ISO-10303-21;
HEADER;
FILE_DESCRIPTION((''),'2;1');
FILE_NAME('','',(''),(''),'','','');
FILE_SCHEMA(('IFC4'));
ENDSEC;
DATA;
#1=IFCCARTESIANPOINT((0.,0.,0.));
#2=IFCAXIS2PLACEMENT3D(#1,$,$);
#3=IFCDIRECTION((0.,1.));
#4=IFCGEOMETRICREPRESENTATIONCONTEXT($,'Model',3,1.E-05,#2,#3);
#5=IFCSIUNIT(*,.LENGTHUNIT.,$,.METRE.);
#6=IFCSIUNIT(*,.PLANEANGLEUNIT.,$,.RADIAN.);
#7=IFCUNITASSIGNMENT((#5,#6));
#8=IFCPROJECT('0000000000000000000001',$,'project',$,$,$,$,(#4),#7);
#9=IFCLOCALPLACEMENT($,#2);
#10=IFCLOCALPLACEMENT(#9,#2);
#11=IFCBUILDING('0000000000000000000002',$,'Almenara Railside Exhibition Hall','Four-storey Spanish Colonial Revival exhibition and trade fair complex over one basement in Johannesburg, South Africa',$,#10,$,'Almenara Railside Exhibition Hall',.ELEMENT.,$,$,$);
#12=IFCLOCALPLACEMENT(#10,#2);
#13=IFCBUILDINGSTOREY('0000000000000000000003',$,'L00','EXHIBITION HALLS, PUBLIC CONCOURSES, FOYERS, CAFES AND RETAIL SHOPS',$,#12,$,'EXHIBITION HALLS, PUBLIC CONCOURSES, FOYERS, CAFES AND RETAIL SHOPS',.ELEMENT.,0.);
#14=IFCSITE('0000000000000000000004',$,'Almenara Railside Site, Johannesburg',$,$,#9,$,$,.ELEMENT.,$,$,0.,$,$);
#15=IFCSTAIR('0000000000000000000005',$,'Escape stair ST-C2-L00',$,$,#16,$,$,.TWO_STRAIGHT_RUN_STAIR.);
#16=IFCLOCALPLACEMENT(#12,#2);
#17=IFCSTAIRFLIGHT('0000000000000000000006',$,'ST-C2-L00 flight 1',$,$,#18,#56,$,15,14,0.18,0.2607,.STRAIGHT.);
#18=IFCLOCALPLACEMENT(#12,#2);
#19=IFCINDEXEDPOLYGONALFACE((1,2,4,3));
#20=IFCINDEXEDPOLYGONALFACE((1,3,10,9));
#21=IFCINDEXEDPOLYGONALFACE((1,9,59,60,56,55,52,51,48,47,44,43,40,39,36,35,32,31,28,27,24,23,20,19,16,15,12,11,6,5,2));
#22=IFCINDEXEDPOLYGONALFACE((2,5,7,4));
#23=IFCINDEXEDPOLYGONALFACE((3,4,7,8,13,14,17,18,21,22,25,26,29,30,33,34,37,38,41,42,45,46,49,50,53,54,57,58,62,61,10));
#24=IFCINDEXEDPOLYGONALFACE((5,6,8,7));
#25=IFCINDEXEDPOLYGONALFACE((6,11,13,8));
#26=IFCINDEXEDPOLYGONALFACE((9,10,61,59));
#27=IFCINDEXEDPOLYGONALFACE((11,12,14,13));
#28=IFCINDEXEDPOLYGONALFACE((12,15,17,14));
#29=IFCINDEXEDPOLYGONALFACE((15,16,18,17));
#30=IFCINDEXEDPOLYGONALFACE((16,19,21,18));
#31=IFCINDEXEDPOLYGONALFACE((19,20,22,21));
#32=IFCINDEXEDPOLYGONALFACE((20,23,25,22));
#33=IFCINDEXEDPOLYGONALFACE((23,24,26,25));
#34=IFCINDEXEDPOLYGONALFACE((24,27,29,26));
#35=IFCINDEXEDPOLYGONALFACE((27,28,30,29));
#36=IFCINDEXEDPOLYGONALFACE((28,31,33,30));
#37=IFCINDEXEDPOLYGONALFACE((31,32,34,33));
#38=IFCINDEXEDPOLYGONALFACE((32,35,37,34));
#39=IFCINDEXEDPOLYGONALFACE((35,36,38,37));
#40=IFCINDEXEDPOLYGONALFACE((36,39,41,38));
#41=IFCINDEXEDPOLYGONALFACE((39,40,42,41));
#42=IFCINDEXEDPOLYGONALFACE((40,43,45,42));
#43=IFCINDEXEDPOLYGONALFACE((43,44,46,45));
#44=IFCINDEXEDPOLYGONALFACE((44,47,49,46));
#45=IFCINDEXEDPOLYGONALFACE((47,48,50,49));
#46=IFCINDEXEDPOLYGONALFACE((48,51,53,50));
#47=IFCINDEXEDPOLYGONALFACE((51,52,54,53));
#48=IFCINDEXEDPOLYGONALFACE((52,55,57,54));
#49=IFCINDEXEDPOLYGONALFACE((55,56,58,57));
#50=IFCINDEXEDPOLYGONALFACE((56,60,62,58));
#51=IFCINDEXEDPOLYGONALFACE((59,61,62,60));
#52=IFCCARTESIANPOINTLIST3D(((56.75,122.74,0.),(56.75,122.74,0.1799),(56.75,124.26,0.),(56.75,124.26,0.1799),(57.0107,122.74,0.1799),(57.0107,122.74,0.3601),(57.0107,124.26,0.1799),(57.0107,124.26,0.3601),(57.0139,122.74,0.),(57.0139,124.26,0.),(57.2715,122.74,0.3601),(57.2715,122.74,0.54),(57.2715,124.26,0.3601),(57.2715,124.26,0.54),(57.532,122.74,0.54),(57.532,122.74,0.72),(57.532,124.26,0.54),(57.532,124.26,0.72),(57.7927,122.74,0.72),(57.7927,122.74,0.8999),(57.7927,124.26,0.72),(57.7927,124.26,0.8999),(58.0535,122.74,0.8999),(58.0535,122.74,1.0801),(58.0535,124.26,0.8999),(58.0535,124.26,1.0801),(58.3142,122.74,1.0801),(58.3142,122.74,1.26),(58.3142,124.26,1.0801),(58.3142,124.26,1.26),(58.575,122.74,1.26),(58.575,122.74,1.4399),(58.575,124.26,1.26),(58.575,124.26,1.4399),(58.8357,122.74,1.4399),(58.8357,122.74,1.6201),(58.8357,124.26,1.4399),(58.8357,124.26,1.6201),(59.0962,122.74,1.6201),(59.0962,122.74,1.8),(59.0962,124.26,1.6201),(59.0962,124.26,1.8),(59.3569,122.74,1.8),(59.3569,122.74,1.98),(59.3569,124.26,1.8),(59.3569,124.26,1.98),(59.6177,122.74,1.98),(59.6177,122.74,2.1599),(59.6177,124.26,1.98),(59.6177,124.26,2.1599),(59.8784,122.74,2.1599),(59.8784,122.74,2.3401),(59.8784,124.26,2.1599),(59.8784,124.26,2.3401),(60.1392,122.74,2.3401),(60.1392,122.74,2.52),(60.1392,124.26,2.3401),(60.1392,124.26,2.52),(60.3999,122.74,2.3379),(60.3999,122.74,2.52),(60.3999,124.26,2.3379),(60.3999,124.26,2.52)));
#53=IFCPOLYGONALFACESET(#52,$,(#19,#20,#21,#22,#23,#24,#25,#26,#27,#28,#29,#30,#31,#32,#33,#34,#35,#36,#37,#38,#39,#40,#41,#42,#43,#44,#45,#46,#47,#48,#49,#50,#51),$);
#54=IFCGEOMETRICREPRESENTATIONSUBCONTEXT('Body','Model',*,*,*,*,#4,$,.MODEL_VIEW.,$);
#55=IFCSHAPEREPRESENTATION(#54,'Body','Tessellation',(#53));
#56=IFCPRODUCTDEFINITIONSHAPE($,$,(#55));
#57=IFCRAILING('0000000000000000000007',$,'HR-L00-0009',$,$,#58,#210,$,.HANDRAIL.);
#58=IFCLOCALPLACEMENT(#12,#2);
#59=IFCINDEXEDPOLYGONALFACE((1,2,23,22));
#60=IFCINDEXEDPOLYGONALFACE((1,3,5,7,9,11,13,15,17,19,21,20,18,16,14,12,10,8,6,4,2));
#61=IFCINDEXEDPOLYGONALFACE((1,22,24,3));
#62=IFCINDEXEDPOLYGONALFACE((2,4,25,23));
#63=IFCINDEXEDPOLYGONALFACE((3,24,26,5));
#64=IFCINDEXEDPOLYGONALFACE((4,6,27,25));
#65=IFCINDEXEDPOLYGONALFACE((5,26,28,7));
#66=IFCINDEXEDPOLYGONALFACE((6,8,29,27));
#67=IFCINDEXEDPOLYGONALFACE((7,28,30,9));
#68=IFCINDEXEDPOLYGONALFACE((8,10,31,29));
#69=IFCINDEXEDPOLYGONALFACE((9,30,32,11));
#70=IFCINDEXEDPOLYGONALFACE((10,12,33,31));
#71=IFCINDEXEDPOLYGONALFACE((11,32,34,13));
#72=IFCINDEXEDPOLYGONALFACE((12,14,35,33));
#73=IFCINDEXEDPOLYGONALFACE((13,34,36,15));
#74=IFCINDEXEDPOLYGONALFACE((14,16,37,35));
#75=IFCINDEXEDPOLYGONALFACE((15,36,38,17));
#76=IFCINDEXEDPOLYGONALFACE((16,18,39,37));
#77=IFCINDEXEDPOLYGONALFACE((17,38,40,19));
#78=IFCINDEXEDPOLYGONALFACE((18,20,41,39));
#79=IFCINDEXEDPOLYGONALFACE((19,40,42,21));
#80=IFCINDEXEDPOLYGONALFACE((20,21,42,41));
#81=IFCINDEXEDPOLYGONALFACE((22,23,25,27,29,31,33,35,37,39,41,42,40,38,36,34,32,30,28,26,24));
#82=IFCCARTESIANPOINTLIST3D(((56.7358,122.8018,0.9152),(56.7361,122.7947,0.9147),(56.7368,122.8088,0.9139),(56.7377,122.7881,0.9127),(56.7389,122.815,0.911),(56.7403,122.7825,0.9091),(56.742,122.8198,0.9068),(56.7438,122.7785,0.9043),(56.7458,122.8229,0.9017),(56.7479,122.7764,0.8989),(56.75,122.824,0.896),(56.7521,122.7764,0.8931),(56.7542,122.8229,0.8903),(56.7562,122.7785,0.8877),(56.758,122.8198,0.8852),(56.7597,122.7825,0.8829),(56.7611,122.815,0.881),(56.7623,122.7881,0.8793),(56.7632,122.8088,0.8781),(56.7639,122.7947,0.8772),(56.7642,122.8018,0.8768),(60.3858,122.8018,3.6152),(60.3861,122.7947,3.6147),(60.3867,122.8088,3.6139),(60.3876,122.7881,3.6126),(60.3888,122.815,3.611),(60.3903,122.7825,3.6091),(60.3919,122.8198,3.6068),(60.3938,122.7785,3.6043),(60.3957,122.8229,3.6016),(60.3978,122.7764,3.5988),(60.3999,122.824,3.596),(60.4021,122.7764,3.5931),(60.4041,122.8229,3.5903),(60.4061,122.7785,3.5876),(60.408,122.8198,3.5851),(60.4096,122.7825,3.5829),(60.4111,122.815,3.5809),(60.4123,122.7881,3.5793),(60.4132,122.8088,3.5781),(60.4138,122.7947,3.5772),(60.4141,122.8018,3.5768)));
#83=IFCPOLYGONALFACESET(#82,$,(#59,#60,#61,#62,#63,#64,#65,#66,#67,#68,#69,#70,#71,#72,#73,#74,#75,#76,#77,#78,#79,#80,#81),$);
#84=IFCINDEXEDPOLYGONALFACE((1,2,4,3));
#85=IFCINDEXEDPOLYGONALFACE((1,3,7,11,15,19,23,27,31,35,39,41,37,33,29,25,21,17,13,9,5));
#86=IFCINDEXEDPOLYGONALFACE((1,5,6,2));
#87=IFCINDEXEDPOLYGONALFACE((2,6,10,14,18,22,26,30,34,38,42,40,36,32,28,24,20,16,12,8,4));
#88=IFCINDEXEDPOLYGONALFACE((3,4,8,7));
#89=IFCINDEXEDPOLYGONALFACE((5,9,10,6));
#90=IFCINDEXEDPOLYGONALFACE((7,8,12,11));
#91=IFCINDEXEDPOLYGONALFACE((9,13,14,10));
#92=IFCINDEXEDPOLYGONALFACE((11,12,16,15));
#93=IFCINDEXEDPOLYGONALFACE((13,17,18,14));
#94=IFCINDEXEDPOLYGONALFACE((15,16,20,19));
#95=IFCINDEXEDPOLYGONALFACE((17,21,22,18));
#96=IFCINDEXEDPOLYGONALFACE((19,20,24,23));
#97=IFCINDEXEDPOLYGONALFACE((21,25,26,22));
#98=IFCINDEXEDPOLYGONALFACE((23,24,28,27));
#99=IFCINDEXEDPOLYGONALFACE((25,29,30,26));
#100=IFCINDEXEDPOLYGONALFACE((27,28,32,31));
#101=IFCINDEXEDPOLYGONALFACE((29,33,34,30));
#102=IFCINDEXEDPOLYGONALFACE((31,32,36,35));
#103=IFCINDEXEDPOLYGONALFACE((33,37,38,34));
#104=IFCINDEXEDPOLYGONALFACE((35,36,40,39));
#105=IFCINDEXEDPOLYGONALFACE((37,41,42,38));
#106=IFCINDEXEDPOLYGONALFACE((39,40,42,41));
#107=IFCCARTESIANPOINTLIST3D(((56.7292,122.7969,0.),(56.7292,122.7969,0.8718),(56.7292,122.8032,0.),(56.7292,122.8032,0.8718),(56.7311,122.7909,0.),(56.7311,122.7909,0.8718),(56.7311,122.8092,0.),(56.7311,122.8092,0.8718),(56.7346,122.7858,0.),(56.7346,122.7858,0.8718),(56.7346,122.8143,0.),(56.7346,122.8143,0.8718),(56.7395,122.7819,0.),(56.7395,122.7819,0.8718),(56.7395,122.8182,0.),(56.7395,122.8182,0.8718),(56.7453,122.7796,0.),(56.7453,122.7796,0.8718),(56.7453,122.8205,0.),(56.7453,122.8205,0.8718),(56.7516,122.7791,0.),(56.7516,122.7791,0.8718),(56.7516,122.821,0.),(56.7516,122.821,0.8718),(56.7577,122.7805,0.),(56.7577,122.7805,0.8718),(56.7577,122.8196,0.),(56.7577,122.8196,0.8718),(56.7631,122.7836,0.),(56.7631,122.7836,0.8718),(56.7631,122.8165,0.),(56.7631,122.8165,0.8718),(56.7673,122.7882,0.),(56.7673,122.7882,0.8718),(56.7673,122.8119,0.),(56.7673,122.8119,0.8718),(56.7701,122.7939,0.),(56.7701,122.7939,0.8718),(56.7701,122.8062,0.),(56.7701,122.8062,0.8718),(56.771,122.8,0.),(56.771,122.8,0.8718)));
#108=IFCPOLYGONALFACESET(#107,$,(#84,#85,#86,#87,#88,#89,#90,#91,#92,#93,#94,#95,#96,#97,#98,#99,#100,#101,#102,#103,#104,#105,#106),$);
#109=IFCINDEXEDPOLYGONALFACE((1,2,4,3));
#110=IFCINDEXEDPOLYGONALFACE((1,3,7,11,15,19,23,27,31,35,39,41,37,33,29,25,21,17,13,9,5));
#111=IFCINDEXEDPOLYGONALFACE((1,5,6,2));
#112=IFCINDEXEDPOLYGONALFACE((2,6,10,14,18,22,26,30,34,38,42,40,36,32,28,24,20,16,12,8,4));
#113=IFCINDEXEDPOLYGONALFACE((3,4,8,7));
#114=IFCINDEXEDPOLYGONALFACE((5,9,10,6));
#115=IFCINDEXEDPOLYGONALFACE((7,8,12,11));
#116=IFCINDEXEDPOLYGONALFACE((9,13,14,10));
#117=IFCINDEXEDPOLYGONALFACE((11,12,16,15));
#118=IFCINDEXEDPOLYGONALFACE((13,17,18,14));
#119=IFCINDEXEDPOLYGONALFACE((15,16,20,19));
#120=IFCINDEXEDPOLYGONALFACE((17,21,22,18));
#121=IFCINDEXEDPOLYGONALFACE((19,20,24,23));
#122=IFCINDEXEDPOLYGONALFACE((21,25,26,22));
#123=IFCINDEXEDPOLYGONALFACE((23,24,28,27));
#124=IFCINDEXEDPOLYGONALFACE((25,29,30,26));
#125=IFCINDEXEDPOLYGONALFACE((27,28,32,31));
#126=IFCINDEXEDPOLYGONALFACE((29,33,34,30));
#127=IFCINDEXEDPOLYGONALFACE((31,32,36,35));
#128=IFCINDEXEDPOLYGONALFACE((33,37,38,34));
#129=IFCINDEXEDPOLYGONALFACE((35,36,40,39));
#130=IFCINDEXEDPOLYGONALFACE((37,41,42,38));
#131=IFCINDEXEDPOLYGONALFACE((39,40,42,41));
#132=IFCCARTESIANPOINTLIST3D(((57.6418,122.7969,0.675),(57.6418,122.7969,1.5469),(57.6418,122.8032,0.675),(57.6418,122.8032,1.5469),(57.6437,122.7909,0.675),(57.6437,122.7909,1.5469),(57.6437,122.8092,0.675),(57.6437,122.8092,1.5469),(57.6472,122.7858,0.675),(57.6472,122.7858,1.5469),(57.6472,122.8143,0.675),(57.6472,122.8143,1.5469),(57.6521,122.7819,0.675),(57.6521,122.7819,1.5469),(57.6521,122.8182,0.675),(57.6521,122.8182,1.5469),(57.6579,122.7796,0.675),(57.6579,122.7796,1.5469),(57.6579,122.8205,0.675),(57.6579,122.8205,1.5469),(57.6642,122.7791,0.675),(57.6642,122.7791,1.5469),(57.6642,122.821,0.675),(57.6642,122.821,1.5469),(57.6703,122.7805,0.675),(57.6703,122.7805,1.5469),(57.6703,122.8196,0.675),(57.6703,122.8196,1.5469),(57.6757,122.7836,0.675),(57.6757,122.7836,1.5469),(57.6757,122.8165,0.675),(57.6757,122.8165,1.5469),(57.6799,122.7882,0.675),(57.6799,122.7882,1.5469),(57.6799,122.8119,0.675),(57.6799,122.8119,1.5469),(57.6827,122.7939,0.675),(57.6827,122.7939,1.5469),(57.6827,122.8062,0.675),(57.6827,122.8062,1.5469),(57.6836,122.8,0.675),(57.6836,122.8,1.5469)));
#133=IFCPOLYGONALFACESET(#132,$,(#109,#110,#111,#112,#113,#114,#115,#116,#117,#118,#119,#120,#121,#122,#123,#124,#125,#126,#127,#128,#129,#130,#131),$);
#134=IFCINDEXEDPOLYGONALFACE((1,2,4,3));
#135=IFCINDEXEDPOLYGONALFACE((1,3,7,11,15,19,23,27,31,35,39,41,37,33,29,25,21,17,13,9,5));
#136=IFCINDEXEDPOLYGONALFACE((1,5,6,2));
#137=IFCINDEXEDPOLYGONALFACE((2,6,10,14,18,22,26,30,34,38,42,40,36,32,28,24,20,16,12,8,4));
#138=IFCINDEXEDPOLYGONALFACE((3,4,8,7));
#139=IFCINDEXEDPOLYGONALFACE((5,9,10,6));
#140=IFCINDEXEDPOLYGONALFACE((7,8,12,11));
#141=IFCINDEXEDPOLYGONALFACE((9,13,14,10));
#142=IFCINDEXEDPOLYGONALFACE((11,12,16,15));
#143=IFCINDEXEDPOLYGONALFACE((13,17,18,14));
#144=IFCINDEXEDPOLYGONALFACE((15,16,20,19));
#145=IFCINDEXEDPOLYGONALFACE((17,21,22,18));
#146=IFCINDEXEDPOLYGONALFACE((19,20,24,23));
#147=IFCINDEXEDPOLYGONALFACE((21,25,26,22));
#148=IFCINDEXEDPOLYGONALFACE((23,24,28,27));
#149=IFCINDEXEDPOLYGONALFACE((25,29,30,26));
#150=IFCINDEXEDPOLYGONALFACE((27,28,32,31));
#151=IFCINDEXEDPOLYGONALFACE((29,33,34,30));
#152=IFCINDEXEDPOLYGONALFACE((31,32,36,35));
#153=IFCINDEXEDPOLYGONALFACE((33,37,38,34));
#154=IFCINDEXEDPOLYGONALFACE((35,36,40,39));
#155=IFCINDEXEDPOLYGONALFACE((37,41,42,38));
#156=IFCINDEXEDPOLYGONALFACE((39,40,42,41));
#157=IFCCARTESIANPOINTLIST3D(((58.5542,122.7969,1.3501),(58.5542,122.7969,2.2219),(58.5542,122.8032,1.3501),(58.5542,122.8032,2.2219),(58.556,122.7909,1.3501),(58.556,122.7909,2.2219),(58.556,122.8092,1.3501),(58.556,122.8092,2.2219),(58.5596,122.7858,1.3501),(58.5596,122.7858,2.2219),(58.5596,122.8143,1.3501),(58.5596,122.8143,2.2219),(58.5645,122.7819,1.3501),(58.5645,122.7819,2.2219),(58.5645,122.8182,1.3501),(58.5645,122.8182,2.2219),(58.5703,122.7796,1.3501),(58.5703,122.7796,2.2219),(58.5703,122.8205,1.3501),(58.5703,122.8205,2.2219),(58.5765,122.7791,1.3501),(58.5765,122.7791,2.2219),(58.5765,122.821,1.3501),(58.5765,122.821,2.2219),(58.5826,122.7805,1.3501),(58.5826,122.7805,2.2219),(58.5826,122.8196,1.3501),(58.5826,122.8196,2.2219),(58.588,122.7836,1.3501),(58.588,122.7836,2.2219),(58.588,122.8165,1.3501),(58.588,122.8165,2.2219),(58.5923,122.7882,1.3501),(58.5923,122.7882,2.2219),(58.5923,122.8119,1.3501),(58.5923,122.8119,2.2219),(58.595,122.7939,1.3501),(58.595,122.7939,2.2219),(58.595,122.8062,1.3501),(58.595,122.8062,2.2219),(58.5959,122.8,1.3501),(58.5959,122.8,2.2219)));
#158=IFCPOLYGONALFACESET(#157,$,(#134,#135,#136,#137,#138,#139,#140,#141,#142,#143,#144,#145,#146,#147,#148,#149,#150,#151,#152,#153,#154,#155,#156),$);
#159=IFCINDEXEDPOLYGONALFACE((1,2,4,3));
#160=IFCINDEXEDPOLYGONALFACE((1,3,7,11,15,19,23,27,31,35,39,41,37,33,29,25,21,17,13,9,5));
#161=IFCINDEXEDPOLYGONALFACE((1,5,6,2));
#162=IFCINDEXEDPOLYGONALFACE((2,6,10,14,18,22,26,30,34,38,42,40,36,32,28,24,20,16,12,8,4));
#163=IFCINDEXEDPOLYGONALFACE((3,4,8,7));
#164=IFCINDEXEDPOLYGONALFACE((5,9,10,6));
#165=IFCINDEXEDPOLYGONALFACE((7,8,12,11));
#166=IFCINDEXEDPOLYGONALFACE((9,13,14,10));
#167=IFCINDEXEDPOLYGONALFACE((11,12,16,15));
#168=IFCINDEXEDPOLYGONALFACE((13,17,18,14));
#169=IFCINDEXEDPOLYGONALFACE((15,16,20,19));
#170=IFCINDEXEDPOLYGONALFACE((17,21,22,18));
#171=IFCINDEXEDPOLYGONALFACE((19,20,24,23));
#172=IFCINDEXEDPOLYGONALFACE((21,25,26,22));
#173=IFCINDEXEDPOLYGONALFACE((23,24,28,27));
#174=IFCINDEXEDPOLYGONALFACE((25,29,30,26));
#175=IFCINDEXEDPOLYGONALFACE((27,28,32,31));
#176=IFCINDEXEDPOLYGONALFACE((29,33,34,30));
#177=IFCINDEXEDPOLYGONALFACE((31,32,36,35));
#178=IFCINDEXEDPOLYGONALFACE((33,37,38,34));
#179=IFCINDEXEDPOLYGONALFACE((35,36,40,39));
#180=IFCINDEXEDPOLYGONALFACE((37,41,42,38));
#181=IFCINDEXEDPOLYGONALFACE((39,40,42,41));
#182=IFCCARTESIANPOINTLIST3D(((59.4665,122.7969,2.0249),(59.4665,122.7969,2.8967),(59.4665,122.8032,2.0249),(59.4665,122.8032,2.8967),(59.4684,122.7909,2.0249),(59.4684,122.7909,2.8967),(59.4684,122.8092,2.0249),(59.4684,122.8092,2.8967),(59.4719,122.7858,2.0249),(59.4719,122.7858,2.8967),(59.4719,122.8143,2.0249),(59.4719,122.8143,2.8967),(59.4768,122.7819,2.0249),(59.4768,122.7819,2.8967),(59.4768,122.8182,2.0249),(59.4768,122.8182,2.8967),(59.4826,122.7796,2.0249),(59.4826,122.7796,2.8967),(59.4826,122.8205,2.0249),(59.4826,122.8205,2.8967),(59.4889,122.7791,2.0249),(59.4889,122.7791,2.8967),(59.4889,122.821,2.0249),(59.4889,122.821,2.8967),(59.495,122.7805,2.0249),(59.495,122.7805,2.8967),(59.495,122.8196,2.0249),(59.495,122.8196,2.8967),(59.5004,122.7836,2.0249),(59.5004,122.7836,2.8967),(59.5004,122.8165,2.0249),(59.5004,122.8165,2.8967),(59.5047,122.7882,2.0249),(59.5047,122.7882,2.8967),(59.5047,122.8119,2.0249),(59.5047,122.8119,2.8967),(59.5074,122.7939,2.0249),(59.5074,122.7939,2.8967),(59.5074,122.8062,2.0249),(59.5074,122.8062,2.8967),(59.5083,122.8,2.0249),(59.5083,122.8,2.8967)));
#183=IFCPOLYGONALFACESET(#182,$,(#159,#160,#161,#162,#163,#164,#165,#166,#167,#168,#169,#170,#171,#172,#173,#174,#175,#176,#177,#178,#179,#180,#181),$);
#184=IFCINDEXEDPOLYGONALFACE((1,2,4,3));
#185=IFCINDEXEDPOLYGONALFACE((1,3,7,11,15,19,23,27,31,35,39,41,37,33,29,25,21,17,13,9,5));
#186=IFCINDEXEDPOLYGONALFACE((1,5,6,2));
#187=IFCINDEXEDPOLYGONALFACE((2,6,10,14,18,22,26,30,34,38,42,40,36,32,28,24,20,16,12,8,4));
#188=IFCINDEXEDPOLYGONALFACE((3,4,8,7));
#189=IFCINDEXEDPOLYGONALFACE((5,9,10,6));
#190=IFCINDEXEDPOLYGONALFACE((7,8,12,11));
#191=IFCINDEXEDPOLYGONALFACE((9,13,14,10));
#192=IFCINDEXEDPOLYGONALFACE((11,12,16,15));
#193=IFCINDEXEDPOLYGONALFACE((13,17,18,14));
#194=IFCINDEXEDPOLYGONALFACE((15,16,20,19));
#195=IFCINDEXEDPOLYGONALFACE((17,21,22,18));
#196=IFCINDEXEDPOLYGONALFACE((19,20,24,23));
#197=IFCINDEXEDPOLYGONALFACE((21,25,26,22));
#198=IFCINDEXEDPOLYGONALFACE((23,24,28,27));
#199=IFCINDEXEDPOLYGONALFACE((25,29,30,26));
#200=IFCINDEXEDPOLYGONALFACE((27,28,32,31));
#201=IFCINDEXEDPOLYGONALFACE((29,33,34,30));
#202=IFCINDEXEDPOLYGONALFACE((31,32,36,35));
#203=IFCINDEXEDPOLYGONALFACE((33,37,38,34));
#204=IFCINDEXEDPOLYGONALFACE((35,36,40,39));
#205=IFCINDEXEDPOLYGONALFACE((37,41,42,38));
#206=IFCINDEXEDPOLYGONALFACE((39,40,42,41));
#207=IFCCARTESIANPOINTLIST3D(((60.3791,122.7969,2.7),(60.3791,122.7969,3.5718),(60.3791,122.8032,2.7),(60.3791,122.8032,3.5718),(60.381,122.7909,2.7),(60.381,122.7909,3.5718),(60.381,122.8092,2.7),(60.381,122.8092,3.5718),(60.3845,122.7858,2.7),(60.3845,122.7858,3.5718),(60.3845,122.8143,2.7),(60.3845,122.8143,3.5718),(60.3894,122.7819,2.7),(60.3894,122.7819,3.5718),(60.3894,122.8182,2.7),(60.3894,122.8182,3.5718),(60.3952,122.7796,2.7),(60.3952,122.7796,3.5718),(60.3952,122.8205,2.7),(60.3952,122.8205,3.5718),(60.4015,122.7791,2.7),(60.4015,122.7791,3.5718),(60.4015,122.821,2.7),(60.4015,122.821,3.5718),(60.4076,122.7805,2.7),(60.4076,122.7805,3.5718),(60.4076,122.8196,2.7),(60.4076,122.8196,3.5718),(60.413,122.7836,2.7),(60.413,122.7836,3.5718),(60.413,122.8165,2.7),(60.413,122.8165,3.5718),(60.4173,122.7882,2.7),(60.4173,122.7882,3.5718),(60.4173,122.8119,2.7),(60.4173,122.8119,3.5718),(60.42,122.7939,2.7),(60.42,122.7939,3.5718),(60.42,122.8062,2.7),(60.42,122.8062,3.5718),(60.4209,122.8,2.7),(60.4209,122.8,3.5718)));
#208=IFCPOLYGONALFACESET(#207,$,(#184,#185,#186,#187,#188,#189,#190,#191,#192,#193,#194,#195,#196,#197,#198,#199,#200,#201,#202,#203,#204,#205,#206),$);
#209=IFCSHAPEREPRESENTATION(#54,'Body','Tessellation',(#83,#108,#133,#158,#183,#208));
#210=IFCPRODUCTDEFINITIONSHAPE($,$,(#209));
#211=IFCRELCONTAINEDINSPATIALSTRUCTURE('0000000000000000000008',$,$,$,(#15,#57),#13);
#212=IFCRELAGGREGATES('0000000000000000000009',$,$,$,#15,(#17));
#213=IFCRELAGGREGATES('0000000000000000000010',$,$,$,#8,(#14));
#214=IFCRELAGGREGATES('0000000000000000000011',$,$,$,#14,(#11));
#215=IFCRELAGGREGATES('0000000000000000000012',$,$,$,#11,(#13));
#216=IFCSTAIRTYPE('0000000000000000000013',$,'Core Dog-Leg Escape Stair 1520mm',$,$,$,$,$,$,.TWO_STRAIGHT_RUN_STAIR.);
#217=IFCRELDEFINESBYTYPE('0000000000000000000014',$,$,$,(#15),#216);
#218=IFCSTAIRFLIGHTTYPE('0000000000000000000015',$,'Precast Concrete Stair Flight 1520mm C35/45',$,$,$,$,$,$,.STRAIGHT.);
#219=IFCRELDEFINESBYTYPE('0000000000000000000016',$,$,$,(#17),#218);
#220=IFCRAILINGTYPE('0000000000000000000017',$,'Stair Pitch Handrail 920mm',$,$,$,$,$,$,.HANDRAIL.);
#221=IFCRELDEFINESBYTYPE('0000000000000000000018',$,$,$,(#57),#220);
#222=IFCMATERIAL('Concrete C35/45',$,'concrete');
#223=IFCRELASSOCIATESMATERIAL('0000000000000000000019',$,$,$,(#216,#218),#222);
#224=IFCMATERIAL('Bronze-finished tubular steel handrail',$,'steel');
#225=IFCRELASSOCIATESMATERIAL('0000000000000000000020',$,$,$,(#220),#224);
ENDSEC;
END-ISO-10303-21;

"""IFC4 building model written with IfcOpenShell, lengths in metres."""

from ifc_helpers import new_model, si_unit, direction, frame, origin, origin_2d, place, context, subcontext, project, spatial, polyline, circle, outline, extrude, material, type_object, element, aggregate, save


model = new_model("IFC4")

# Units and contexts
model_context = context("Model", 3, precision=1e-05, world=origin(), true_north=direction((0.0, 1.0)))
body_context = subcontext(model_context, "Body", "Model", "MODEL_VIEW")
ifc_project = project(units=[si_unit("LENGTHUNIT", "METRE"), si_unit("PLANEANGLEUNIT", "RADIAN")], contexts=[model_context])

# Site, building, storey
site_placement = place(None, origin())
site = spatial("IfcSite", under=ifc_project, at=site_placement, Name="Almenara Railside Site, Johannesburg", CompositionType="ELEMENT", RefElevation=0.0)
building_placement = place(site_placement, origin())
building = spatial("IfcBuilding", under=site, at=building_placement, Name="Almenara Railside Exhibition Hall", Description="Four-storey Spanish Colonial Revival exhibition and trade fair complex over one basement in Johannesburg, South Africa", LongName="Almenara Railside Exhibition Hall", CompositionType="ELEMENT")
storey_placement = place(building_placement, origin())
storey = spatial("IfcBuildingStorey", under=building, at=storey_placement, Name="L00", Description="EXHIBITION HALLS, PUBLIC CONCOURSES, FOYERS, CAFES AND RETAIL SHOPS", LongName="EXHIBITION HALLS, PUBLIC CONCOURSES, FOYERS, CAFES AND RETAIL SHOPS", CompositionType="ELEMENT", Elevation=0.0)

# Shared definitions
ifc_material_1 = material(Name="Concrete C35/45", Category="concrete")

# Stair, stair flight
stair_type = type_object("IfcStairType", Name="Core Dog-Leg Escape Stair 1520mm", PredefinedType="TWO_STRAIGHT_RUN_STAIR", material=ifc_material_1)
stair_placement = place(storey_placement, origin())
stair = element("IfcStair", 1, at=stair_placement, inside=storey, type_object=stair_type, Name="Escape stair ST-C2-L00", PredefinedType="TWO_STRAIGHT_RUN_STAIR")
stair_flight_type = type_object("IfcStairFlightType", Name="Precast Concrete Stair Flight 1520mm C35/45", PredefinedType="STRAIGHT", material=ifc_material_1)
stair_flight_placement = place(storey_placement, frame((56.75, 123.5, 0.0), z_axis=(0.0, 0.0, 1.0), x_axis=(1.0, 0.0, 0.0)))
stair_flight = element("IfcStairFlight", 2, at=stair_flight_placement, type_object=stair_flight_type, Name="ST-C2-L00 flight 1", NumberOfRisers=15, NumberOfTreads=14, PredefinedType="STRAIGHT", RiserHeight=0.18, TreadLength=0.2607, context=body_context, shape_type="SweptSolid", body=[
    extrude(outline(polyline([(0.0, 0.0), (0.0, 0.1799), (0.2607, 0.1799), (0.2607, 0.3601), (0.5215, 0.3601), (0.5215, 0.54), (0.782, 0.54), (0.782, 0.72), (1.0427, 0.72), (1.0427, 0.8999), (1.3035, 0.8999), (1.3035, 1.0801), (1.5642, 1.0801), (1.5642, 1.26), (1.825, 1.26), (1.825, 1.4399), (2.0857, 1.4399), (2.0857, 1.6201), (2.3462, 1.6201), (2.3462, 1.8), (2.6069, 1.8), (2.6069, 1.98), (2.8677, 1.98), (2.8677, 2.1599), (3.1284, 2.1599), (3.1284, 2.3401), (3.3892, 2.3401), (3.3892, 2.52), (3.6499, 2.52), (3.6499, 2.7), (3.6499, 2.3379), (0.2639, 0.0), (0.0, 0.0)])), frame((0.0, 0.76, 0.0), z_axis=(0.0, -1.0, 0.0), x_axis=(1.0, 0.0, 0.0)), (0.0, 0.0, 1.0), 1.52),
])
aggregate(stair, [stair_flight])

# Railing
ifc_material_2 = material(Name="Bronze-finished tubular steel handrail", Category="steel")
railing_type_1 = type_object("IfcRailingType", Name="Stair Pitch Handrail 920mm", PredefinedType="HANDRAIL", material=ifc_material_2)
railing_1_placement = place(storey_placement, frame((56.75, 122.8, 0.0)))
element("IfcRailing", 3, at=railing_1_placement, inside=storey, type_object=railing_type_1, Name="HR-L00-0009", PredefinedType="HANDRAIL", context=body_context, shape_type="SweptSolid", body=[
    extrude(circle(Radius=0.0239, at=origin_2d()), frame((0.0, 0.0, 0.896), z_axis=(0.803945, 0.0, 0.594704), x_axis=(0.0, 1.0, 0.0)), (0.0, 0.0, 1.0), 4.54),
    extrude(circle(Radius=0.021, at=origin_2d()), origin(), (0.0, 0.0, 1.0), 0.8718),
    extrude(circle(Radius=0.021, at=origin_2d()), frame((0.9126, 0.0, 0.675)), (0.0, 0.0, 1.0), 0.8718),
    extrude(circle(Radius=0.021, at=origin_2d()), frame((1.825, 0.0, 1.3501)), (0.0, 0.0, 1.0), 0.8718),
    extrude(circle(Radius=0.021, at=origin_2d()), frame((2.7373, 0.0, 2.0249)), (0.0, 0.0, 1.0), 0.8718),
    extrude(circle(Radius=0.021, at=origin_2d()), frame((3.6499, 0.0, 2.7)), (0.0, 0.0, 1.0), 0.8718),
])

save(model, "model.ifc")
